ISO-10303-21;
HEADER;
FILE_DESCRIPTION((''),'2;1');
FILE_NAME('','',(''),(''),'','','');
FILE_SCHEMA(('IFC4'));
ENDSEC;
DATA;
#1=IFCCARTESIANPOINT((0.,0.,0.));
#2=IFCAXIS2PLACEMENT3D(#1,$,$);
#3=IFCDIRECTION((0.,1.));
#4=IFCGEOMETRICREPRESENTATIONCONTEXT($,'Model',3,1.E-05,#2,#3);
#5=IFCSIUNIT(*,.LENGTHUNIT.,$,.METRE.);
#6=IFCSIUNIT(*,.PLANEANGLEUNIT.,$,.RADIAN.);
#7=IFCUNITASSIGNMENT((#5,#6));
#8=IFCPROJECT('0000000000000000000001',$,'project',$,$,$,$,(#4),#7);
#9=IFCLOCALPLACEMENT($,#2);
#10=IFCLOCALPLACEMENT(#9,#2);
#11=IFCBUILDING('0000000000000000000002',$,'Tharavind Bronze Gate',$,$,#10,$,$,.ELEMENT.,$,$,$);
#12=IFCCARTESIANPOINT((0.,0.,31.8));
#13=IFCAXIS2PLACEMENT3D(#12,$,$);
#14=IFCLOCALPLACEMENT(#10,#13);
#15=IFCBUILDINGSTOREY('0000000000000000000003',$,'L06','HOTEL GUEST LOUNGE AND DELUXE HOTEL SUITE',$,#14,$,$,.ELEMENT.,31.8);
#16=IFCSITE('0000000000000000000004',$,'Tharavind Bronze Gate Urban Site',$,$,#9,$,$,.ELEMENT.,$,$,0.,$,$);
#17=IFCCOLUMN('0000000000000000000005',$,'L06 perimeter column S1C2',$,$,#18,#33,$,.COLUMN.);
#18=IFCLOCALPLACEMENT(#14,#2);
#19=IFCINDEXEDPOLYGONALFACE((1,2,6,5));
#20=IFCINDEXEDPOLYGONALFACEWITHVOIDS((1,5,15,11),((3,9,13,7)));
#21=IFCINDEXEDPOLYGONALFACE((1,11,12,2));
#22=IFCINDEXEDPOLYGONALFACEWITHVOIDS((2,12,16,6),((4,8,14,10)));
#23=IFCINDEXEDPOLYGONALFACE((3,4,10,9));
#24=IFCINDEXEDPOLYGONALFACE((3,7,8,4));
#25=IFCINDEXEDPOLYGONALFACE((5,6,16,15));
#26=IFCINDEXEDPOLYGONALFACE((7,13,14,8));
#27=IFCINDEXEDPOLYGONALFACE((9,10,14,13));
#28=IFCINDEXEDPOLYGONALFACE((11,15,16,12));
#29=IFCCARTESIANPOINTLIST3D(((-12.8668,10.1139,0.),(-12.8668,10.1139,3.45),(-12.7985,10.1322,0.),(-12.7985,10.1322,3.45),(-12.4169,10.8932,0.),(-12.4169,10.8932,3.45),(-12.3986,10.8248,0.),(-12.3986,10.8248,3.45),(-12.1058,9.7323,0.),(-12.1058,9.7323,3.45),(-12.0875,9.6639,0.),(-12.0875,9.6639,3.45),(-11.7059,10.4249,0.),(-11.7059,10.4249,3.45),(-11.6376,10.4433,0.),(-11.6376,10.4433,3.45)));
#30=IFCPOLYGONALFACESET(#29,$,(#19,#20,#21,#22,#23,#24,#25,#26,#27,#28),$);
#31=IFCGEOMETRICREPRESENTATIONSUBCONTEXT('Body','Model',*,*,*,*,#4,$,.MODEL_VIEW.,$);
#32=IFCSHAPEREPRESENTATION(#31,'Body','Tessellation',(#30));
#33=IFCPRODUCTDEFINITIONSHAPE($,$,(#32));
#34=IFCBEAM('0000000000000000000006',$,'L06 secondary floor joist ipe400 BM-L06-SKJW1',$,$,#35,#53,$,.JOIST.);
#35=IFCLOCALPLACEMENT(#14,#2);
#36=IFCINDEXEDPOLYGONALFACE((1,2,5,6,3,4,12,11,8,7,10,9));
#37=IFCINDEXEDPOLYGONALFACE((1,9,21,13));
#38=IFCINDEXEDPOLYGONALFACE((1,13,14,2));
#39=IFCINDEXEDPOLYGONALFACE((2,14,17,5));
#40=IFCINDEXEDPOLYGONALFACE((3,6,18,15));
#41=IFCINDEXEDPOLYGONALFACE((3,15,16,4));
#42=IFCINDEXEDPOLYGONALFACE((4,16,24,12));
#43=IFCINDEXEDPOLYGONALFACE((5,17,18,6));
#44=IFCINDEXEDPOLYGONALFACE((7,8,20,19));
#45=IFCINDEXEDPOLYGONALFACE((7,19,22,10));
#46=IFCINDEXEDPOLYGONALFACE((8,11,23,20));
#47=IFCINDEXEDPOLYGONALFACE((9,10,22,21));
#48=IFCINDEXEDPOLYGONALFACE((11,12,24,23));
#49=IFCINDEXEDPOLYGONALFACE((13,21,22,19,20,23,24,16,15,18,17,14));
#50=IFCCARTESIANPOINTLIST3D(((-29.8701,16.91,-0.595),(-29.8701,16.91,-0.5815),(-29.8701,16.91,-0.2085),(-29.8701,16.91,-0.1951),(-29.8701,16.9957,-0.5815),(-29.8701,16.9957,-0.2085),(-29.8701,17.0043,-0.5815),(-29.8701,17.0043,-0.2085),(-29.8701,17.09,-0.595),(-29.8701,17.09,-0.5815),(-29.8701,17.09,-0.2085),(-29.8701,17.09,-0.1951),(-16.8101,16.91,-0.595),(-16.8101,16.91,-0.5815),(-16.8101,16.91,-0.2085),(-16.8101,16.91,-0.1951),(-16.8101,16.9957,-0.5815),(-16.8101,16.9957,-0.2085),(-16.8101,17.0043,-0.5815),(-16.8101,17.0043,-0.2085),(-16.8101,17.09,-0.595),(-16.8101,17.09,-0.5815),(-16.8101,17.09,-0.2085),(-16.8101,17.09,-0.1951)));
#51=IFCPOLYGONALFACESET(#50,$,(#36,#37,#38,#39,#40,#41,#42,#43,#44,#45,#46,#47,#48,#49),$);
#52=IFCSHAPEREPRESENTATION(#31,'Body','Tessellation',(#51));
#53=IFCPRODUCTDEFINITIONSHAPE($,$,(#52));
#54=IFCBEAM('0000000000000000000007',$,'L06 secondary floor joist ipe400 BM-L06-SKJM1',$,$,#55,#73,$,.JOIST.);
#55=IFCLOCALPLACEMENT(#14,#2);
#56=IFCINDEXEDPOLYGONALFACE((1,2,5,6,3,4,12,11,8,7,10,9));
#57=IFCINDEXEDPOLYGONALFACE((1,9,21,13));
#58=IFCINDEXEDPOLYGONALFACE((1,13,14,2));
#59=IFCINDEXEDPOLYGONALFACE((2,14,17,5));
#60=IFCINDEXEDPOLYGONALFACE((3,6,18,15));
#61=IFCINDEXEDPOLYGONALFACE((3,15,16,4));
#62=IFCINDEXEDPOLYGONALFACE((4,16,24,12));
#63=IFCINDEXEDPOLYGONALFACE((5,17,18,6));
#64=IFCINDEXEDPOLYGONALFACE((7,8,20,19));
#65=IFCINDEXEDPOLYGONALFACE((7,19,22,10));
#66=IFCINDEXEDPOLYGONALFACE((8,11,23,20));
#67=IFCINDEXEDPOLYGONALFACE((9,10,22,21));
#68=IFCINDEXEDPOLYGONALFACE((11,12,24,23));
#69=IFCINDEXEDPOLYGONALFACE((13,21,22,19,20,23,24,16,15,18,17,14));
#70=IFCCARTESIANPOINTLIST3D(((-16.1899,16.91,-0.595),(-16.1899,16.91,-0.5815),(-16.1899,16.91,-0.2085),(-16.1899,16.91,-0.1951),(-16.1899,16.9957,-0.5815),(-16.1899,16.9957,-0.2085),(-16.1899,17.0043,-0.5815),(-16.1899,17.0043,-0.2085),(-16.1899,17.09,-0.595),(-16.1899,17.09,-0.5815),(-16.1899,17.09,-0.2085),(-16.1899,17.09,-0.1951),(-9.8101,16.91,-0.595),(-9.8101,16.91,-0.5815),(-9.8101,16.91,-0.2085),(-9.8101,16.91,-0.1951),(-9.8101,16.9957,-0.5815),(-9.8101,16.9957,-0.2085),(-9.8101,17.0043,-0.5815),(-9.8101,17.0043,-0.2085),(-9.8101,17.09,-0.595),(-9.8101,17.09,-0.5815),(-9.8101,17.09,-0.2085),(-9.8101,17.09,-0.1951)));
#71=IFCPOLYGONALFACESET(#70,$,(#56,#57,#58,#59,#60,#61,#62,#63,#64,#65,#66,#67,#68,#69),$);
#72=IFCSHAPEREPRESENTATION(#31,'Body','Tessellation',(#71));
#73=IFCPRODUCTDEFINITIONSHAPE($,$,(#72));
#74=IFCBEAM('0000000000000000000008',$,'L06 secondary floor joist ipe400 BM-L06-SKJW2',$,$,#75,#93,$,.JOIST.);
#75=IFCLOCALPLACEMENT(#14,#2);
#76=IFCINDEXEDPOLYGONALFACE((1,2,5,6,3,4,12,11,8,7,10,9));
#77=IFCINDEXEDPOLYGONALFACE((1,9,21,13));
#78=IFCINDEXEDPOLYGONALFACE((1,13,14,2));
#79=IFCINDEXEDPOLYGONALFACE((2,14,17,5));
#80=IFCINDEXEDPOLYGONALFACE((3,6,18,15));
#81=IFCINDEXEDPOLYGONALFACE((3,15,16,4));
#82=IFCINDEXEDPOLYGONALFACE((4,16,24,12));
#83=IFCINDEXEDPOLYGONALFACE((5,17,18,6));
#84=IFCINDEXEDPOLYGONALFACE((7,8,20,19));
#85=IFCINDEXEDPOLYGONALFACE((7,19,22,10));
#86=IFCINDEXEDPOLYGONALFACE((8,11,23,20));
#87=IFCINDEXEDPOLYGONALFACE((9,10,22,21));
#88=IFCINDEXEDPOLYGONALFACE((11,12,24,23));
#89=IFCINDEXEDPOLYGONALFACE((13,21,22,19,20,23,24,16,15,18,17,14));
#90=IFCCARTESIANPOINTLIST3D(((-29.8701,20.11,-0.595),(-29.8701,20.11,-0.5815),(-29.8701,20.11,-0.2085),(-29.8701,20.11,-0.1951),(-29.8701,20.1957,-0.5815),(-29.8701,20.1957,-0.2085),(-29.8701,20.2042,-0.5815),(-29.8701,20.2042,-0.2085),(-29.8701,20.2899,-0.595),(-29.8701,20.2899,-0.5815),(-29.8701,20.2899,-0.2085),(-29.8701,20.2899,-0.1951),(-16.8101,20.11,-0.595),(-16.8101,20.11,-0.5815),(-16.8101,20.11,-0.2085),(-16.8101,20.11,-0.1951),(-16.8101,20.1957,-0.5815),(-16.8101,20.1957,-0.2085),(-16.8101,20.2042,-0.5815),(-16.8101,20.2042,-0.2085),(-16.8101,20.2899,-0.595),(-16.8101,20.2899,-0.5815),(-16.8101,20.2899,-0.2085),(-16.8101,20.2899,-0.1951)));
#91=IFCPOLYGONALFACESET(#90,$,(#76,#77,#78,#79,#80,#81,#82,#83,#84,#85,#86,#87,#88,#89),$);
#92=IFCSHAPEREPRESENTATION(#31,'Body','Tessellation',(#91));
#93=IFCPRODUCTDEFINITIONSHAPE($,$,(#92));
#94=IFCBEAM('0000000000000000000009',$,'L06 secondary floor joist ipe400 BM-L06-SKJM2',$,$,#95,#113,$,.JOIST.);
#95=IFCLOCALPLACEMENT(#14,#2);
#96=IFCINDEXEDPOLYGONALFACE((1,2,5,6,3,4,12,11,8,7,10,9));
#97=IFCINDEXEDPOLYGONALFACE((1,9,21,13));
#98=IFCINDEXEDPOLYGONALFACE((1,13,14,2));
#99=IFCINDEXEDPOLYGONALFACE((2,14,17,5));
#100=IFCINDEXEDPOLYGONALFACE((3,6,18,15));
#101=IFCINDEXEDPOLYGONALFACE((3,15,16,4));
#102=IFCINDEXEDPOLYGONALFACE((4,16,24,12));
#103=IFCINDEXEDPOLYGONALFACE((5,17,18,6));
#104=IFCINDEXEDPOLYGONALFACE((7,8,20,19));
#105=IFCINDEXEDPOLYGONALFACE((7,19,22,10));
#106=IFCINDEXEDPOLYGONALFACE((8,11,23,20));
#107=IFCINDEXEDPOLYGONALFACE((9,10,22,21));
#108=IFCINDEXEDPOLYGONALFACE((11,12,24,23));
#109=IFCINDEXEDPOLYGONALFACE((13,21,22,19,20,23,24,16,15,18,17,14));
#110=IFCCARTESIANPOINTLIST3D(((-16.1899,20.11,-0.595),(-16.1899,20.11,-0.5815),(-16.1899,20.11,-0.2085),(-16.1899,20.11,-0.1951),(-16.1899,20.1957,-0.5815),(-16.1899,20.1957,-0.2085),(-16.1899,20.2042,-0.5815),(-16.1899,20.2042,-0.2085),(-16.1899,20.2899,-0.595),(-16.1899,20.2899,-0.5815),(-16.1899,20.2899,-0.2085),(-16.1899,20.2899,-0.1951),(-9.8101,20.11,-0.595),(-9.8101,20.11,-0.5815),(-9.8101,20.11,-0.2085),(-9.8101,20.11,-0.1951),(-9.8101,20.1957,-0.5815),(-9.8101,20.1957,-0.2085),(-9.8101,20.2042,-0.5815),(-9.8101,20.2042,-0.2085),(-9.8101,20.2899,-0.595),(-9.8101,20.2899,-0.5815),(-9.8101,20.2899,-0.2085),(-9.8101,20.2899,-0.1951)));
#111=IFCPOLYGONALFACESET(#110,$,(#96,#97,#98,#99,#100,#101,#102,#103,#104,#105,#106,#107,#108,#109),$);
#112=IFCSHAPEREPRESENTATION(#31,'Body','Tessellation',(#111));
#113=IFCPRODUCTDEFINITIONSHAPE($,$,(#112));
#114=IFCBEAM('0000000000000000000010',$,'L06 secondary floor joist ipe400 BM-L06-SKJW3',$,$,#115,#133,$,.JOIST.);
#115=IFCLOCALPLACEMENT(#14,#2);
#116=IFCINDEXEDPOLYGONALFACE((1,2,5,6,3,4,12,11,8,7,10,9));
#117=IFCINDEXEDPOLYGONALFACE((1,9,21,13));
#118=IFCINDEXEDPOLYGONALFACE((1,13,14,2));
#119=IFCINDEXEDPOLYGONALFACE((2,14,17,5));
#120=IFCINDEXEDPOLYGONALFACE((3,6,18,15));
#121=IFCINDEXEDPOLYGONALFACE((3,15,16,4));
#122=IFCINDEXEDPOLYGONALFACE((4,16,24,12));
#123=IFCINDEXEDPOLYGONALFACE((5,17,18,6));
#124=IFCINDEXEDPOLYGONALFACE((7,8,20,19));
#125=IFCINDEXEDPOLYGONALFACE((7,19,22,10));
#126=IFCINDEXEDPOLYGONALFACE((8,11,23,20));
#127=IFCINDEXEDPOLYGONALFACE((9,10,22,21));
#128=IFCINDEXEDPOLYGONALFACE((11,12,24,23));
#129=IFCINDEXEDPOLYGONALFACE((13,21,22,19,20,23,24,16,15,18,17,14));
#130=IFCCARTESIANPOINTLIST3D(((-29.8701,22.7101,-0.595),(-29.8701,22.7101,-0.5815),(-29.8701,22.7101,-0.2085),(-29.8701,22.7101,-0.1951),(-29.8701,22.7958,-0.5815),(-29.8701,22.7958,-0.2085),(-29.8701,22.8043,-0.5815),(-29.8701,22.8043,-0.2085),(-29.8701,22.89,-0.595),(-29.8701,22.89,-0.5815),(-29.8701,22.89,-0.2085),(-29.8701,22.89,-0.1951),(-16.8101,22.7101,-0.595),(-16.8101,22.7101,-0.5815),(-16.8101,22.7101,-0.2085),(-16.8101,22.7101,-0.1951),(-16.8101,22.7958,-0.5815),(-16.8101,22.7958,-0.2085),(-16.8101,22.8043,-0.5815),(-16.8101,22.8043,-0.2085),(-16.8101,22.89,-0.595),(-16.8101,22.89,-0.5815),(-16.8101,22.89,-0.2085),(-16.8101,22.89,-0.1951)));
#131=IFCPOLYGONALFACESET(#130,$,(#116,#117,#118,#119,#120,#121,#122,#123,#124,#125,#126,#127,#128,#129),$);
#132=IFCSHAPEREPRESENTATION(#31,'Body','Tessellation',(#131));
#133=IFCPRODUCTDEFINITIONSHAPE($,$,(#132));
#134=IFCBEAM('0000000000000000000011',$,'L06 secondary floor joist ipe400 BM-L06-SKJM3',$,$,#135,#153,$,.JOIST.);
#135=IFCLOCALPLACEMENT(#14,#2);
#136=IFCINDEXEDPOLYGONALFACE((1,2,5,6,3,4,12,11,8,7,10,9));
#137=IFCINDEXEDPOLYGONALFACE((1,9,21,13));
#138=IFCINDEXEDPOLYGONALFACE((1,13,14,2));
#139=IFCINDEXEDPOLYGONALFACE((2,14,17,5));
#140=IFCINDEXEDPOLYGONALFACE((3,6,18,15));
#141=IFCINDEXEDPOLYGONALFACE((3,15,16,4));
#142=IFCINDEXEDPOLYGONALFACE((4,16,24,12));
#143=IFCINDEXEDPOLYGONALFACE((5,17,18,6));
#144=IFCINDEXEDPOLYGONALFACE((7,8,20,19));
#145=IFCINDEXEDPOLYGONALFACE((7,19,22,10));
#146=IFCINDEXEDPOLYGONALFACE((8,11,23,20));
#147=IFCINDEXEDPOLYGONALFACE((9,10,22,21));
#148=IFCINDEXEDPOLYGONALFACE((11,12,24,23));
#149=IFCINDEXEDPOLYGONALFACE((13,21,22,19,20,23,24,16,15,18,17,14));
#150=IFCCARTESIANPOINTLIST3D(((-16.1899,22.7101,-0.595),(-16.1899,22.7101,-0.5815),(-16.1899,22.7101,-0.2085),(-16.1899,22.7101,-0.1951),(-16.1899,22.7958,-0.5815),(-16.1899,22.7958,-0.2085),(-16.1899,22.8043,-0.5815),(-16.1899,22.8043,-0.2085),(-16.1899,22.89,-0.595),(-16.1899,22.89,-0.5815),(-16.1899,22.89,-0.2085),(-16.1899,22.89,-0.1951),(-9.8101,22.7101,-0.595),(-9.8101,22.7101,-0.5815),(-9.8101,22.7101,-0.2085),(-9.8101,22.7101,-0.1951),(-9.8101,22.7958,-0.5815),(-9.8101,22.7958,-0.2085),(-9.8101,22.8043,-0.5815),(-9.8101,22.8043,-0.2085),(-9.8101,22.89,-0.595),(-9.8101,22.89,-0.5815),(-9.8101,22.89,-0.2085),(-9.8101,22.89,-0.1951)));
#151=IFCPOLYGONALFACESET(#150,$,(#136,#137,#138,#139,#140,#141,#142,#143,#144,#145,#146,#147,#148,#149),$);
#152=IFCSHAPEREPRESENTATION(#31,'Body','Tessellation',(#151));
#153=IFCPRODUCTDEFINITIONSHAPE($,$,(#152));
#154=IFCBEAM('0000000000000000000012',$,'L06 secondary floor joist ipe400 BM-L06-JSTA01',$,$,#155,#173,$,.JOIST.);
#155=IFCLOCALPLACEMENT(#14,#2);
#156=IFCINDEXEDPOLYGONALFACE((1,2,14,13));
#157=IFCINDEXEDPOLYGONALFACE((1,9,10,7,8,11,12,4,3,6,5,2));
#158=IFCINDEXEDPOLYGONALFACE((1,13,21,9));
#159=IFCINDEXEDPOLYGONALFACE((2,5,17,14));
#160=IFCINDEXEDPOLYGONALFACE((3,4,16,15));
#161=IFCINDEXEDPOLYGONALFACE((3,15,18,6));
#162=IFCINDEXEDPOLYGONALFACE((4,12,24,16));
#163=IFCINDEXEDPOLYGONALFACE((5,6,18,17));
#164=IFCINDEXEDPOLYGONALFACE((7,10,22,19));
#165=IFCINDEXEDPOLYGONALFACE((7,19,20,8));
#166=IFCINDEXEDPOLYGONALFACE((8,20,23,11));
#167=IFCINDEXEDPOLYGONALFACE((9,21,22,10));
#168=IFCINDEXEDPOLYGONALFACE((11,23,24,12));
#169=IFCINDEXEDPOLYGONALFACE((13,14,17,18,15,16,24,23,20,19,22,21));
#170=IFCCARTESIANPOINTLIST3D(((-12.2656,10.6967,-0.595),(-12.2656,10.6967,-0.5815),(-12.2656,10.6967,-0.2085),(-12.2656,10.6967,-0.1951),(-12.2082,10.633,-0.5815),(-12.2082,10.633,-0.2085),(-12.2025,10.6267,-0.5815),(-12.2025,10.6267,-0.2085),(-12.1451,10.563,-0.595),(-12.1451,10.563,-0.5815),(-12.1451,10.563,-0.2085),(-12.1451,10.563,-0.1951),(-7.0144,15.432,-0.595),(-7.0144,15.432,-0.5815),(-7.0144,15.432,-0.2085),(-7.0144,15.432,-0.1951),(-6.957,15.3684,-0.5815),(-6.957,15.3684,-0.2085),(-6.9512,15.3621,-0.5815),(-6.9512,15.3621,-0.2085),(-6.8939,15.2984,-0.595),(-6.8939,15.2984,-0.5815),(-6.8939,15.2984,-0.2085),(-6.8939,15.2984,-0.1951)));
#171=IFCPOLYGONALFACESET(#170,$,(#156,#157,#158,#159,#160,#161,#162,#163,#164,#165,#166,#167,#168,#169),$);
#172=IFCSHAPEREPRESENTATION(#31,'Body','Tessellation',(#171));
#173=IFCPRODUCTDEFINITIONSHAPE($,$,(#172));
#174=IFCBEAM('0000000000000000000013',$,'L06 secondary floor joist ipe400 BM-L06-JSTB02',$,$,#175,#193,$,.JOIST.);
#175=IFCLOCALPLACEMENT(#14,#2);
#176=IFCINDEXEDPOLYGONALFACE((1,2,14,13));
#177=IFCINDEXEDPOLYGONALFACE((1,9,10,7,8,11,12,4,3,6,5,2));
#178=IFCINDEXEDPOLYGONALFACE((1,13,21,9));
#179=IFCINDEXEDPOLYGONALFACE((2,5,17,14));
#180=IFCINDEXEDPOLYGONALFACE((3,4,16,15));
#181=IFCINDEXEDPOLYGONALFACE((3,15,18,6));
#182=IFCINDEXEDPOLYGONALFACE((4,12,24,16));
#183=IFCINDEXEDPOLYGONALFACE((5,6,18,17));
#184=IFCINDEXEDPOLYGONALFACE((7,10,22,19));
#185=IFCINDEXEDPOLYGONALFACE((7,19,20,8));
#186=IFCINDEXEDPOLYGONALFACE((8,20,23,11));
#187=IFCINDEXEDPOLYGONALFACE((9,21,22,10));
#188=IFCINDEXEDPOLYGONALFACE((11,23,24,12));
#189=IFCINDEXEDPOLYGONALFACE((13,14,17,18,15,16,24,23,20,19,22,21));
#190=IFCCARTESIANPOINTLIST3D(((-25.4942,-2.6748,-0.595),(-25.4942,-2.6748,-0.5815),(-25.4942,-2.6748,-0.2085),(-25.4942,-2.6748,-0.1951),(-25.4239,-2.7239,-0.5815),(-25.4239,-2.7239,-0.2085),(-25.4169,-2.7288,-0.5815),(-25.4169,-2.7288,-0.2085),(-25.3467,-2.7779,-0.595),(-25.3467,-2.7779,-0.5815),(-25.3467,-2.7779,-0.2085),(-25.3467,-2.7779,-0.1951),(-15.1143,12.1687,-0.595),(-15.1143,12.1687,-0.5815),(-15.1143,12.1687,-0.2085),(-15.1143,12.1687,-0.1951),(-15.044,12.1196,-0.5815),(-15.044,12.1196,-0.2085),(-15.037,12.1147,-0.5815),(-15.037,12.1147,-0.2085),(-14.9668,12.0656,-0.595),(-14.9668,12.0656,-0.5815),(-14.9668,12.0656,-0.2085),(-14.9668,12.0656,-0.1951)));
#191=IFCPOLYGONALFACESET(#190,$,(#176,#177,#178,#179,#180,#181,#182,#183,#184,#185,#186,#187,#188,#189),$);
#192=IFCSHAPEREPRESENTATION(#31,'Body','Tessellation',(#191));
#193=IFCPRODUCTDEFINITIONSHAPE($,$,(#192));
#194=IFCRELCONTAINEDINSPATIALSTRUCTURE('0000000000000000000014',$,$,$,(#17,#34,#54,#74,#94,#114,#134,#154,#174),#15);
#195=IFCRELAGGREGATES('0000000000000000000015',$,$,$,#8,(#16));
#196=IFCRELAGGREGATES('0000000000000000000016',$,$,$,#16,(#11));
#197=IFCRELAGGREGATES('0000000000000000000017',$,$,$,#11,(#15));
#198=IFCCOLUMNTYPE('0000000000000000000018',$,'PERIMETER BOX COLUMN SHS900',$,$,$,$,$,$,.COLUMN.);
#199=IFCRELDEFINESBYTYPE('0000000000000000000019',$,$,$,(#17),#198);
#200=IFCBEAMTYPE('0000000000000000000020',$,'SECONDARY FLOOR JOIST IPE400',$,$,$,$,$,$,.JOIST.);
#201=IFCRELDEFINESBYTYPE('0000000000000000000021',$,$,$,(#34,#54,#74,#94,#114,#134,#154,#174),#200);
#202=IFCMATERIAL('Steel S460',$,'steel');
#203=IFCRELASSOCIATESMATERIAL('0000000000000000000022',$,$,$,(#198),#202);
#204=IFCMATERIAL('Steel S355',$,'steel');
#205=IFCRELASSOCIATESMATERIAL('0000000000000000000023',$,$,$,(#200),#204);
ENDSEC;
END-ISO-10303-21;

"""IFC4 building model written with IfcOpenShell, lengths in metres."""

from ifc_helpers import new_model, si_unit, direction, frame, origin, origin_2d, place, context, subcontext, project, spatial, hollow_rectangle, i_section, extrude, material, material_profile, profile_set, type_object, element, save


model = new_model("IFC4")

# Units and contexts
model_context = context("Model", 3, precision=1e-05, world=origin(), true_north=direction((0.0, 1.0)))
body_context = subcontext(model_context, "Body", "Model", "MODEL_VIEW")
ifc_project = project(units=[si_unit("LENGTHUNIT", "METRE"), si_unit("PLANEANGLEUNIT", "RADIAN")], contexts=[model_context])

# Site, building, storey
site_placement = place(None, origin())
site = spatial("IfcSite", under=ifc_project, at=site_placement, Name="Tharavind Bronze Gate Urban Site", CompositionType="ELEMENT", RefElevation=0.0)
building_placement = place(site_placement, origin())
building = spatial("IfcBuilding", under=site, at=building_placement, Name="Tharavind Bronze Gate", CompositionType="ELEMENT")
storey_placement = place(building_placement, frame((0.0, 0.0, 31.8)))
storey = spatial("IfcBuildingStorey", under=building, at=storey_placement, Name="L06", Description="HOTEL GUEST LOUNGE AND DELUXE HOTEL SUITE", CompositionType="ELEMENT", Elevation=31.8)

# Column
ifc_material_1 = material(Name="Steel S460", Category="steel")
ifc_material_profile_1 = material_profile(ifc_material_1, hollow_rectangle(XDim=0.8999, YDim=0.8999, WallThickness=0.05, at=origin_2d()), Name="SHS900X50")
ifc_profile_set_1 = profile_set([ifc_material_profile_1], Name="Steel S460")
column_type = type_object("IfcColumnType", Name="PERIMETER BOX COLUMN SHS900", PredefinedType="COLUMN", material=ifc_profile_set_1)
column_placement = place(storey_placement, frame((-12.2522, 10.2786, 0.0), z_axis=(0.0, 0.0, 1.0), x_axis=(0.500002, 0.866025, 0.0)))
element("IfcColumn", 1, at=column_placement, inside=storey, type_object=column_type, Name="L06 perimeter column S1C2", PredefinedType="COLUMN", context=body_context, shape_type="SweptSolid", body=[
    extrude(hollow_rectangle(XDim=0.8999, YDim=0.8999, WallThickness=0.05, at=origin_2d()), origin(), (0.0, 0.0, 1.0), 3.45),
])

# Beams
ifc_material_2 = material(Name="Steel S355", Category="steel")
ifc_material_profile_2 = material_profile(ifc_material_2, i_section(OverallWidth=0.1799, OverallDepth=0.3999, WebThickness=0.0085, FlangeThickness=0.0134, at=origin_2d()), Name="IPE400")
ifc_profile_set_2 = profile_set([ifc_material_profile_2], Name="Steel S355")
beam_type_1 = type_object("IfcBeamType", Name="SECONDARY FLOOR JOIST IPE400", PredefinedType="JOIST", material=ifc_profile_set_2)
beam_1_placement = place(storey_placement, frame((-29.8701, 17.0, -0.395), z_axis=(1.0, 0.0, 0.0), x_axis=(0.0, 1.0, 0.0)))
element("IfcBeam", 2, at=beam_1_placement, inside=storey, type_object=beam_type_1, Name="L06 secondary floor joist ipe400 BM-L06-SKJW1", PredefinedType="JOIST", context=body_context, shape_type="SweptSolid", body=[
    extrude(i_section(OverallWidth=0.1799, OverallDepth=0.3999, WebThickness=0.0085, FlangeThickness=0.0134, at=origin_2d()), origin(), (0.0, 0.0, 1.0), 13.0601),
])
beam_2_placement = place(storey_placement, frame((-16.1899, 17.0, -0.395), z_axis=(1.0, 0.0, 0.0), x_axis=(0.0, 1.0, 0.0)))
element("IfcBeam", 3, at=beam_2_placement, inside=storey, type_object=beam_type_1, Name="L06 secondary floor joist ipe400 BM-L06-SKJM1", PredefinedType="JOIST", context=body_context, shape_type="SweptSolid", body=[
    extrude(i_section(OverallWidth=0.1799, OverallDepth=0.3999, WebThickness=0.0085, FlangeThickness=0.0134, at=origin_2d()), origin(), (0.0, 0.0, 1.0), 6.3799),
])
beam_3_placement = place(storey_placement, frame((-29.8701, 20.2, -0.395), z_axis=(1.0, 0.0, 0.0), x_axis=(0.0, 1.0, 0.0)))
element("IfcBeam", 4, at=beam_3_placement, inside=storey, type_object=beam_type_1, Name="L06 secondary floor joist ipe400 BM-L06-SKJW2", PredefinedType="JOIST", context=body_context, shape_type="SweptSolid", body=[
    extrude(i_section(OverallWidth=0.1799, OverallDepth=0.3999, WebThickness=0.0085, FlangeThickness=0.0134, at=origin_2d()), origin(), (0.0, 0.0, 1.0), 13.0601),
])
beam_4_placement = place(storey_placement, frame((-16.1899, 20.2, -0.395), z_axis=(1.0, 0.0, 0.0), x_axis=(0.0, 1.0, 0.0)))
element("IfcBeam", 5, at=beam_4_placement, inside=storey, type_object=beam_type_1, Name="L06 secondary floor joist ipe400 BM-L06-SKJM2", PredefinedType="JOIST", context=body_context, shape_type="SweptSolid", body=[
    extrude(i_section(OverallWidth=0.1799, OverallDepth=0.3999, WebThickness=0.0085, FlangeThickness=0.0134, at=origin_2d()), origin(), (0.0, 0.0, 1.0), 6.3799),
])
beam_5_placement = place(storey_placement, frame((-29.8701, 22.8, -0.395), z_axis=(1.0, 0.0, 0.0), x_axis=(0.0, 1.0, 0.0)))
element("IfcBeam", 6, at=beam_5_placement, inside=storey, type_object=beam_type_1, Name="L06 secondary floor joist ipe400 BM-L06-SKJW3", PredefinedType="JOIST", context=body_context, shape_type="SweptSolid", body=[
    extrude(i_section(OverallWidth=0.1799, OverallDepth=0.3999, WebThickness=0.0085, FlangeThickness=0.0134, at=origin_2d()), origin(), (0.0, 0.0, 1.0), 13.0601),
])
beam_6_placement = place(storey_placement, frame((-16.1899, 22.8, -0.395), z_axis=(1.0, 0.0, 0.0), x_axis=(0.0, 1.0, 0.0)))
element("IfcBeam", 7, at=beam_6_placement, inside=storey, type_object=beam_type_1, Name="L06 secondary floor joist ipe400 BM-L06-SKJM3", PredefinedType="JOIST", context=body_context, shape_type="SweptSolid", body=[
    extrude(i_section(OverallWidth=0.1799, OverallDepth=0.3999, WebThickness=0.0085, FlangeThickness=0.0134, at=origin_2d()), origin(), (0.0, 0.0, 1.0), 6.3799),
])
beam_7_placement = place(storey_placement, frame((-6.9541, 15.3652, -0.395), z_axis=(-0.742643, -0.669687, 0.0), x_axis=(0.669687, -0.742643, 0.0)))
element("IfcBeam", 8, at=beam_7_placement, inside=storey, type_object=beam_type_1, Name="L06 secondary floor joist ipe400 BM-L06-JSTA01", PredefinedType="JOIST", context=body_context, shape_type="SweptSolid", body=[
    extrude(i_section(OverallWidth=0.1799, OverallDepth=0.3999, WebThickness=0.0085, FlangeThickness=0.0134, at=origin_2d()), origin(), (0.0, 0.0, 1.0), 7.071),
])
beam_8_placement = place(storey_placement, frame((-15.0405, 12.1172, -0.395), z_axis=(-0.573071, -0.819506, 0.0), x_axis=(0.819506, -0.573071, 0.0)))
element("IfcBeam", 9, at=beam_8_placement, inside=storey, type_object=beam_type_1, Name="L06 secondary floor joist ipe400 BM-L06-JSTB02", PredefinedType="JOIST", context=body_context, shape_type="SweptSolid", body=[
    extrude(i_section(OverallWidth=0.1799, OverallDepth=0.3999, WebThickness=0.0085, FlangeThickness=0.0134, at=origin_2d()), origin(), (0.0, 0.0, 1.0), 18.1128),
])

save(model, "model.ifc")
